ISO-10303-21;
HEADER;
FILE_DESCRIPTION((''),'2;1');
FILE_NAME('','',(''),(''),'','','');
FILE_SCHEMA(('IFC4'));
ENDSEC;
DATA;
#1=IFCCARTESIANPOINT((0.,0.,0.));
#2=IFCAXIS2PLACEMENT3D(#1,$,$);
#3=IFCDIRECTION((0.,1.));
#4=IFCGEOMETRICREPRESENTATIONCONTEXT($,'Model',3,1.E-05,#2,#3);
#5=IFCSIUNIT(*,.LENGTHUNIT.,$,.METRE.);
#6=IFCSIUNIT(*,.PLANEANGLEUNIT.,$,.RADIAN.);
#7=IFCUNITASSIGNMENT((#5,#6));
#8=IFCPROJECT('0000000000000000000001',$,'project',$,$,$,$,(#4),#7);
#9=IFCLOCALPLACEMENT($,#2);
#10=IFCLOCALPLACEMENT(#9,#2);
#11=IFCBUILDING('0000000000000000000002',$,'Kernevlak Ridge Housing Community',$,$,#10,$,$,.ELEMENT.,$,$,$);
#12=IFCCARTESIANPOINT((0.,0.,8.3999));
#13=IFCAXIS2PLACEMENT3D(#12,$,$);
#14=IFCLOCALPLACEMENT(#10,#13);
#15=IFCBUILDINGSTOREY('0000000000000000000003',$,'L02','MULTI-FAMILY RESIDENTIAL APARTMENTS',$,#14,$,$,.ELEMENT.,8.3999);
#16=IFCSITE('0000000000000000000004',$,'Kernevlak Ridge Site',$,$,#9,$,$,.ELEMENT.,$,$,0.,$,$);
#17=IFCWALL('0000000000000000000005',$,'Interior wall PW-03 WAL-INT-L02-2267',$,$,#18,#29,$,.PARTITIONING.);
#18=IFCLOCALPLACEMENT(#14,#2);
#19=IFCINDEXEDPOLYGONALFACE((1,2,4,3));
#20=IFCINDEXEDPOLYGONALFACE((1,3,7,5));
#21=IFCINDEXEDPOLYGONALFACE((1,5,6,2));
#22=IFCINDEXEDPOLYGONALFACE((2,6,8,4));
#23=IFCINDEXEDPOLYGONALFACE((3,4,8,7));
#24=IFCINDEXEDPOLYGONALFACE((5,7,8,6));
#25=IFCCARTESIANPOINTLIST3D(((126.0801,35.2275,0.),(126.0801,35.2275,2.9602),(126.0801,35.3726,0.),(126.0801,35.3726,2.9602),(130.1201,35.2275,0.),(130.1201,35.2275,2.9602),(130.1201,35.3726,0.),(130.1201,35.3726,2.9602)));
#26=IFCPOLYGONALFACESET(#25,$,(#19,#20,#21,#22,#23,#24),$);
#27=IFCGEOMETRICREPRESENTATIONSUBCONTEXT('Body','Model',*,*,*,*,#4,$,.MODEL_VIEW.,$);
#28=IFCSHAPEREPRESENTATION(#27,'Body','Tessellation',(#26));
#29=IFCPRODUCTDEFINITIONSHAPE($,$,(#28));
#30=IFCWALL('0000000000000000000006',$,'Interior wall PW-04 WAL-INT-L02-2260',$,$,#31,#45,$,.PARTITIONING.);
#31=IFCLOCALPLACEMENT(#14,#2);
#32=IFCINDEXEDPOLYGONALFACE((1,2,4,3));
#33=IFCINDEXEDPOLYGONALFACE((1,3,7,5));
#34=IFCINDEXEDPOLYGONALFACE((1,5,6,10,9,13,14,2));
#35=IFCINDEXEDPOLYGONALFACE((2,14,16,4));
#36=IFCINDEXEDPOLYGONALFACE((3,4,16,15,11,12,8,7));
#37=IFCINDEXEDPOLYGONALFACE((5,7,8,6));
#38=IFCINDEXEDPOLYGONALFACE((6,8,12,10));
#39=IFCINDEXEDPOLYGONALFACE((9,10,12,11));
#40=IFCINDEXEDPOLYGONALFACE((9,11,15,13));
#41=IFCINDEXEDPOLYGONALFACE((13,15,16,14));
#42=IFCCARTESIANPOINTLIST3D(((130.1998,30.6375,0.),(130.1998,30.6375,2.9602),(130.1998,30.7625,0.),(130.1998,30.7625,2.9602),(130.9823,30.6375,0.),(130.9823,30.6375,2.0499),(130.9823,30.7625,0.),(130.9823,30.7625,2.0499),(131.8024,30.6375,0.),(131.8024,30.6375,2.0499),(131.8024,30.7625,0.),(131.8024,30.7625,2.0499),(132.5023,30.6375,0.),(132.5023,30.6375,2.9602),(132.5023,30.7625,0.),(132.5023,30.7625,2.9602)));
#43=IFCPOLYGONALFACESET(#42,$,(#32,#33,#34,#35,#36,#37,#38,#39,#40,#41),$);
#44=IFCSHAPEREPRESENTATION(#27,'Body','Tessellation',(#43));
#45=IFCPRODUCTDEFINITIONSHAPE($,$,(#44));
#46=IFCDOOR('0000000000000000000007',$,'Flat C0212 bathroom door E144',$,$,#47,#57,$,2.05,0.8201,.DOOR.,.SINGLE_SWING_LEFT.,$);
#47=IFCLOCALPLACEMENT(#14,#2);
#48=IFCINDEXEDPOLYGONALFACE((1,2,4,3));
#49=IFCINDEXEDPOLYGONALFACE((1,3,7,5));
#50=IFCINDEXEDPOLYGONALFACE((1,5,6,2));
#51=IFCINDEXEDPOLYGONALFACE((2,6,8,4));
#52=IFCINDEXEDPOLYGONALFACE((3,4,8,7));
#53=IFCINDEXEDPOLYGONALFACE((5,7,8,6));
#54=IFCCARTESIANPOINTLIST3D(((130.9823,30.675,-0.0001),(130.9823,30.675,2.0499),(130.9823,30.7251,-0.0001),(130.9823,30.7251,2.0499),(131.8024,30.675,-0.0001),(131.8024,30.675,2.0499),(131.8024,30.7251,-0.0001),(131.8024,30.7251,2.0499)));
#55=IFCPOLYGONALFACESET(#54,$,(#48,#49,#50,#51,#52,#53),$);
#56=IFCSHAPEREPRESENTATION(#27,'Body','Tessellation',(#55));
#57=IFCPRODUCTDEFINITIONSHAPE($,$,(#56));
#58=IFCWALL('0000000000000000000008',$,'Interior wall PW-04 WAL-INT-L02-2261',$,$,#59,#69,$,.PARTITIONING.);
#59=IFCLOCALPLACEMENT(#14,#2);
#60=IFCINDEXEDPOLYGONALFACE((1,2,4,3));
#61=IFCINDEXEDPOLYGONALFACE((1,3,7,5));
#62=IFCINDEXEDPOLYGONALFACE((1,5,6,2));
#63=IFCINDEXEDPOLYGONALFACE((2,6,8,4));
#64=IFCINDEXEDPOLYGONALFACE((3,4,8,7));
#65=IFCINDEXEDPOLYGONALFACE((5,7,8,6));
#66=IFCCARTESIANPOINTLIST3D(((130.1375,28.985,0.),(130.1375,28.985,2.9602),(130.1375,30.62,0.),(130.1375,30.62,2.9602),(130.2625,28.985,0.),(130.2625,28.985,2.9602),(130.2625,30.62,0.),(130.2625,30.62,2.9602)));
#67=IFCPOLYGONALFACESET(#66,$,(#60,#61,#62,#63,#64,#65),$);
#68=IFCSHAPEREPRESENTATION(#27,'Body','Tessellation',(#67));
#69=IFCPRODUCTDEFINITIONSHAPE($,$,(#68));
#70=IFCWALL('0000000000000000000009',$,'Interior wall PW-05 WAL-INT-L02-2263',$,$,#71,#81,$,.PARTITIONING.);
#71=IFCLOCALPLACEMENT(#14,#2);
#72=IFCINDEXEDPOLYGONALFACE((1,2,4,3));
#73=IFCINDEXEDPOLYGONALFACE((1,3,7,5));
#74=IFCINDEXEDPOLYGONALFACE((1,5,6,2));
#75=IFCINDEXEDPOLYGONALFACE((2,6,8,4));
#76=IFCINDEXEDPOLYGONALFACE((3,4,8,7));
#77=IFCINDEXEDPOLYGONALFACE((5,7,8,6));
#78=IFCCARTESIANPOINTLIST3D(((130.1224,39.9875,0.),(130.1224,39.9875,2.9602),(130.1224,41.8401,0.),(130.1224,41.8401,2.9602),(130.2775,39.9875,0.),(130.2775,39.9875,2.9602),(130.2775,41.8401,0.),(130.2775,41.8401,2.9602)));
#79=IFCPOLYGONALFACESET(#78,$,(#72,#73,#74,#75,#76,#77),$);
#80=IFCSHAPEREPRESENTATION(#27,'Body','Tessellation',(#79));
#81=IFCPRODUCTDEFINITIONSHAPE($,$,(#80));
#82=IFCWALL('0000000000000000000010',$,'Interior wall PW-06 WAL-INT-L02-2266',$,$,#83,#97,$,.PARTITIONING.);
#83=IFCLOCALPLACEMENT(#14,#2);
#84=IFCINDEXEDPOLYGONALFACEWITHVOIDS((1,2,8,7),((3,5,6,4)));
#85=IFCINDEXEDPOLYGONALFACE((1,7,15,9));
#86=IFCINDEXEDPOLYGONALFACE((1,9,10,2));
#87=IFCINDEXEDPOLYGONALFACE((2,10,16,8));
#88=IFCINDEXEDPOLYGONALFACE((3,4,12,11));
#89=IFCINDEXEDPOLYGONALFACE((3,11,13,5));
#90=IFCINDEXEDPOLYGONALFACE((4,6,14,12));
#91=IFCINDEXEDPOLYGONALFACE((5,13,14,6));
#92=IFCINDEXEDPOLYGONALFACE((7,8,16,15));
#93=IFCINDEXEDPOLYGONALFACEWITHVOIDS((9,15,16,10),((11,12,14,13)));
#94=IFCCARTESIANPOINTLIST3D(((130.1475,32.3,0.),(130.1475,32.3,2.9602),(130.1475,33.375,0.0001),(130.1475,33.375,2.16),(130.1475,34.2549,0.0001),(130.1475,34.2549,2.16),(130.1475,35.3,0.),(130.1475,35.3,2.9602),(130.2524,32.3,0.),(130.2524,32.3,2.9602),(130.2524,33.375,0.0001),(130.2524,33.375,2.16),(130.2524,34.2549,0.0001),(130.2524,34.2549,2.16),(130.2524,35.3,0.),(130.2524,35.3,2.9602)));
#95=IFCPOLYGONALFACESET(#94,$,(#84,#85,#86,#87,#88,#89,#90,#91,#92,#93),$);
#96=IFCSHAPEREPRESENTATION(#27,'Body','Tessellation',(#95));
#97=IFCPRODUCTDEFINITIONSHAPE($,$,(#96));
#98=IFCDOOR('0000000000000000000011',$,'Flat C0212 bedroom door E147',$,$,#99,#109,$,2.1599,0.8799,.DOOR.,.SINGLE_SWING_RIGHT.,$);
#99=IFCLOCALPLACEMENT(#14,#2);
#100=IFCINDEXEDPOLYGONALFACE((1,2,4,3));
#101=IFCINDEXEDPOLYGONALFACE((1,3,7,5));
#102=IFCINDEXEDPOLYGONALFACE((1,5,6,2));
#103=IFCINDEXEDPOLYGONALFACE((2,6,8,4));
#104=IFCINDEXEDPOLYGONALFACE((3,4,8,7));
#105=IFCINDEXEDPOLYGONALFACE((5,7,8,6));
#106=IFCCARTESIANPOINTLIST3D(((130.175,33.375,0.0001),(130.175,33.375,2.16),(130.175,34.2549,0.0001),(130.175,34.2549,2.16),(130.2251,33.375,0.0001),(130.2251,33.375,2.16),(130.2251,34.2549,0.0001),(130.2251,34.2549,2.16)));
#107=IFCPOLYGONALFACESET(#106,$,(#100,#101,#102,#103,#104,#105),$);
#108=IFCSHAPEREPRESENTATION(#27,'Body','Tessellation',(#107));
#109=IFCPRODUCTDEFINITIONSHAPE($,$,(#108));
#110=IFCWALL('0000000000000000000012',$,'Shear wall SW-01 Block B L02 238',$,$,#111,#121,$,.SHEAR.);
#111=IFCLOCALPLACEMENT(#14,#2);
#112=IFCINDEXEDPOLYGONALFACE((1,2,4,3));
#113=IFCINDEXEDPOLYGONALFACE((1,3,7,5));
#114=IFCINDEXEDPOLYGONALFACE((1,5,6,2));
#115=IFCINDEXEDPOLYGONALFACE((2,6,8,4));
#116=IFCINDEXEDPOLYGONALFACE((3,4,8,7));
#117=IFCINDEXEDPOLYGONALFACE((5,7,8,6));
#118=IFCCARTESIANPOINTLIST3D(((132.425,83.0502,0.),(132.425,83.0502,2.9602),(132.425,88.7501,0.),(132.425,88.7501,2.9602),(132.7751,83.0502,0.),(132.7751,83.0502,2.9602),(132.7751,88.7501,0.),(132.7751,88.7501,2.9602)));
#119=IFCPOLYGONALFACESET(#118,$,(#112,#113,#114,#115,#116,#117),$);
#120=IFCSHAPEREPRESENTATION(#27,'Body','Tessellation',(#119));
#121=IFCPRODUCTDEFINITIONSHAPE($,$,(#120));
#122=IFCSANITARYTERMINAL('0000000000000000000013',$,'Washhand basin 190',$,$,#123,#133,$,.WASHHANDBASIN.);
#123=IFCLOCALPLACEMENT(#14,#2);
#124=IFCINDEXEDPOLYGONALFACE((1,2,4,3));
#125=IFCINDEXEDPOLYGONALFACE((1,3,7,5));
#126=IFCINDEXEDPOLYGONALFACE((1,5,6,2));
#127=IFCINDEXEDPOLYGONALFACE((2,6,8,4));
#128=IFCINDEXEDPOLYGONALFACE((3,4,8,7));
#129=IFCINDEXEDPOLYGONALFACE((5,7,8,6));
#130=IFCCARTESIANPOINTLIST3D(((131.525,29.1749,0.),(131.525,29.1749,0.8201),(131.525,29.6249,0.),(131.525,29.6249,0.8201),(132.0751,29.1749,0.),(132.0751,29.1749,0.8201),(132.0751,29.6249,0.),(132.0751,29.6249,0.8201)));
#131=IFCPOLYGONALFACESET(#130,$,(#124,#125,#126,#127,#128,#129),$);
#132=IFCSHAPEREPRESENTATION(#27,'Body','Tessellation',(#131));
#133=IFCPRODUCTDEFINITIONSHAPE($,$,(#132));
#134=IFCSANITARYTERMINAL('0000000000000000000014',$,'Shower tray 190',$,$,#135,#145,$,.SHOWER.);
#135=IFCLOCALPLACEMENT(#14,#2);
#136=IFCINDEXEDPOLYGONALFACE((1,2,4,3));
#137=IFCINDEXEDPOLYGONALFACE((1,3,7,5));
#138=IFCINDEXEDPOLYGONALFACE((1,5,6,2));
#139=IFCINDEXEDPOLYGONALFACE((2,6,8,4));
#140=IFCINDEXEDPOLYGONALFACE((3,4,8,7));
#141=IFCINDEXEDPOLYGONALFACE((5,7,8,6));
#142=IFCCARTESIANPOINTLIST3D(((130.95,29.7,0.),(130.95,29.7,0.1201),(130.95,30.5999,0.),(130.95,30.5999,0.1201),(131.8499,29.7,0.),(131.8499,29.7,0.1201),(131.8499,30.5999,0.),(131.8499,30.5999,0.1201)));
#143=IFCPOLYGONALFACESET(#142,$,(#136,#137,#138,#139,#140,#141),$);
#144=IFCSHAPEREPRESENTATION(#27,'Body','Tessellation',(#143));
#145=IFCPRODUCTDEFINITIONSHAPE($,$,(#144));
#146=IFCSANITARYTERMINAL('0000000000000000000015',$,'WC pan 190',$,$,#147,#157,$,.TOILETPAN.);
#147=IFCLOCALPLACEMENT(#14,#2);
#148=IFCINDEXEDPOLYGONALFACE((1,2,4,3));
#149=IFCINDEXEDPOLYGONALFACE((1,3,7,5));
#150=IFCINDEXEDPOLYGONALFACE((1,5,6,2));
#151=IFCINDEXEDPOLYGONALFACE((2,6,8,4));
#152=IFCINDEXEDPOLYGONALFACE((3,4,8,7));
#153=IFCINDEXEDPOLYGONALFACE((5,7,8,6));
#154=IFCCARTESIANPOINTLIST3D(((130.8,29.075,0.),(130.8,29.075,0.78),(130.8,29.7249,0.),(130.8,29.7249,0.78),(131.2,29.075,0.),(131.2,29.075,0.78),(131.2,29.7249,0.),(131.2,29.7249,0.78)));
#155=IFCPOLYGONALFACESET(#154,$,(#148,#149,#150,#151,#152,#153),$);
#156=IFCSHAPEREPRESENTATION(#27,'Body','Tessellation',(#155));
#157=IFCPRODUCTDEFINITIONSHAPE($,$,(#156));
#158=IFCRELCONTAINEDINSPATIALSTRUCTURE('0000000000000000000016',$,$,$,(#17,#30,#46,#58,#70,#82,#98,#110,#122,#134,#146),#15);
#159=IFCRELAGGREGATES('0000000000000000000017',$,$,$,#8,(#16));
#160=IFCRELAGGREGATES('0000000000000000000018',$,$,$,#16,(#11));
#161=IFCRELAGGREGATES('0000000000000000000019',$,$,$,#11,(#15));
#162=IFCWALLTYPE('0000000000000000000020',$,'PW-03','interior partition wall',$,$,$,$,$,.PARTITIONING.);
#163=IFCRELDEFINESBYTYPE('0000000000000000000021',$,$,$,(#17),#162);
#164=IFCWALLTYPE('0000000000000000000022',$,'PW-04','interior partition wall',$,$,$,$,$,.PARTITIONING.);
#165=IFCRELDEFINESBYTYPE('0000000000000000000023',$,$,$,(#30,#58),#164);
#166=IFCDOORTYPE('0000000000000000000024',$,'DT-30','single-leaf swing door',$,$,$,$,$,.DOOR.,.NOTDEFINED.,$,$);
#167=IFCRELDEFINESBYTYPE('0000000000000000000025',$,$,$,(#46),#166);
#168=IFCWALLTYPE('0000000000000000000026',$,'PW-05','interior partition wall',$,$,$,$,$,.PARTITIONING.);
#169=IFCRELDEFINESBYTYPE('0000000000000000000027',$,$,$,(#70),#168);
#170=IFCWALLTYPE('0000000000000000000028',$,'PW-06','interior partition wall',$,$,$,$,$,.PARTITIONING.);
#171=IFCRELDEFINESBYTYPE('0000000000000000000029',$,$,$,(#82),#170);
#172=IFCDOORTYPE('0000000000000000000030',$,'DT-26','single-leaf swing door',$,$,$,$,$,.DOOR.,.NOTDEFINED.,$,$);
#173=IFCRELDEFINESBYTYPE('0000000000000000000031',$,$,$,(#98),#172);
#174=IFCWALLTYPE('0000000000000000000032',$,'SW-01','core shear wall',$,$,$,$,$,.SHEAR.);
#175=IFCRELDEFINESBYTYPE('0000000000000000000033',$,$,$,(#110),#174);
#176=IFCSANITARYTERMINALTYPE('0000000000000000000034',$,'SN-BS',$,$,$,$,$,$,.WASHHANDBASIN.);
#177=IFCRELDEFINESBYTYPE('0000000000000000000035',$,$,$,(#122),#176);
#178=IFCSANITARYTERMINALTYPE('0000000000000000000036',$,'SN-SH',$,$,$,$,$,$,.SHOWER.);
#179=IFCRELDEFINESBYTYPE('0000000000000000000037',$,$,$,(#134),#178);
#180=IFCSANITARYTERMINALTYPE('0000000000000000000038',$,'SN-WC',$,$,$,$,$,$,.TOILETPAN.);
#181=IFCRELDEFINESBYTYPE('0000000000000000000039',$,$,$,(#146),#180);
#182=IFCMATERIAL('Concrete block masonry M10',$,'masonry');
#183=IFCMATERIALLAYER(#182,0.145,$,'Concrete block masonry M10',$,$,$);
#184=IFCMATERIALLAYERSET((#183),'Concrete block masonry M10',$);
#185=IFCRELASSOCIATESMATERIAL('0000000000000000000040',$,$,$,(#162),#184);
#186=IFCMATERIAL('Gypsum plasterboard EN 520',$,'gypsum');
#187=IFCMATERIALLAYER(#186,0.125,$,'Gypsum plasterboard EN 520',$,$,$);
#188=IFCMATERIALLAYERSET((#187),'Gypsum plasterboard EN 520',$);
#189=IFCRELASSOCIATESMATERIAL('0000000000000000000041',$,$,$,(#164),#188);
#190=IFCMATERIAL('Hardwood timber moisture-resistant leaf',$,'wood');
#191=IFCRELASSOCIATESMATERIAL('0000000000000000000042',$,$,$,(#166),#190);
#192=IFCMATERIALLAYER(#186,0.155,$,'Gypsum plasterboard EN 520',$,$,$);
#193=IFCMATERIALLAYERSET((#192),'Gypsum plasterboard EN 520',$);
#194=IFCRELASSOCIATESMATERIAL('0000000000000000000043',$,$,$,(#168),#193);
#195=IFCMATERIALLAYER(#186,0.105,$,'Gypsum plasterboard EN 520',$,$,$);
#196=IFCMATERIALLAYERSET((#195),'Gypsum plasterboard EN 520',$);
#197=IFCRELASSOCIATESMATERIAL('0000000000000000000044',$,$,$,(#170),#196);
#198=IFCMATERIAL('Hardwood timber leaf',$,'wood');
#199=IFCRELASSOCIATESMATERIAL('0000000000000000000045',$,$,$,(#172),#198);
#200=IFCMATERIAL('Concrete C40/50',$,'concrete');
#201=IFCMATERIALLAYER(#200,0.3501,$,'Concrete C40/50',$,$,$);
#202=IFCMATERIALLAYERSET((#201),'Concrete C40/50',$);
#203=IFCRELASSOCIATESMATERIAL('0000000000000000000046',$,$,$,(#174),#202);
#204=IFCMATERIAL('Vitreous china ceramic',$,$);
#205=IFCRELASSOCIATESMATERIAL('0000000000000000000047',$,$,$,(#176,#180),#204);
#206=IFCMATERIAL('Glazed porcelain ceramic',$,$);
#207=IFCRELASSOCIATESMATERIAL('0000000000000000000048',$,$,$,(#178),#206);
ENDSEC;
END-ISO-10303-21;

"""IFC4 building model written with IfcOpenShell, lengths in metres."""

from ifc_helpers import new_model, si_unit, direction, frame, frame_2d, origin, origin_2d, place, context, subcontext, project, spatial, rectangle, extrude, material, layer, layer_set, type_object, element, fill, save


model = new_model("IFC4")

# Units and contexts
model_context = context("Model", 3, precision=1e-05, world=origin(), true_north=direction((0.0, 1.0)))
body_context = subcontext(model_context, "Body", "Model", "MODEL_VIEW")
ifc_project = project(units=[si_unit("LENGTHUNIT", "METRE"), si_unit("PLANEANGLEUNIT", "RADIAN")], contexts=[model_context])

# Site, building, storey
site_placement = place(None, origin())
site = spatial("IfcSite", under=ifc_project, at=site_placement, Name="Kernevlak Ridge Site", CompositionType="ELEMENT", RefElevation=0.0)
building_placement = place(site_placement, origin())
building = spatial("IfcBuilding", under=site, at=building_placement, Name="Kernevlak Ridge Housing Community", CompositionType="ELEMENT")
storey_placement = place(building_placement, frame((0.0, 0.0, 8.3999)))
storey = spatial("IfcBuildingStorey", under=building, at=storey_placement, Name="L02", Description="MULTI-FAMILY RESIDENTIAL APARTMENTS", CompositionType="ELEMENT", Elevation=8.3999)

# Shared definitions
ifc_material_1 = material(Name="Concrete C40/50", Category="concrete")

# Shared definitions
ifc_material_2 = material(Name="Concrete block masonry M10", Category="masonry")

# Shared definitions
ifc_layer_1 = layer(ifc_material_2, 0.145, Name="Concrete block masonry M10")
ifc_layer_set_1 = layer_set([ifc_layer_1], Name="Concrete block masonry M10")
wall_type_1 = type_object("IfcWallType", Name="PW-03", Description="interior partition wall", PredefinedType="PARTITIONING", material=ifc_layer_set_1)
ifc_material_3 = material(Name="Hardwood timber leaf", Category="wood")

# Wall
wall_1_placement = place(storey_placement, frame((130.1201, 35.3, 0.0), z_axis=(0.0, 0.0, 1.0), x_axis=(-1.0, 0.0, 0.0)))
element("IfcWall", 1, at=wall_1_placement, inside=storey, type_object=wall_type_1, Name="Interior wall PW-03 WAL-INT-L02-2267", PredefinedType="PARTITIONING", context=body_context, shape_type="SweptSolid", body=[
    extrude(rectangle(XDim=4.04, YDim=0.145, at=frame_2d((2.02, 0.0))), origin(), (0.0, 0.0, 1.0), 2.9602),
])

# Wall, opening, door
ifc_material_4 = material(Name="Gypsum plasterboard EN 520", Category="gypsum")
ifc_layer_2 = layer(ifc_material_4, 0.125, Name="Gypsum plasterboard EN 520")
ifc_layer_set_2 = layer_set([ifc_layer_2], Name="Gypsum plasterboard EN 520")
wall_type_2 = type_object("IfcWallType", Name="PW-04", Description="interior partition wall", PredefinedType="PARTITIONING", material=ifc_layer_set_2)
wall_2_placement = place(storey_placement, frame((132.5024, 30.7, 0.0), z_axis=(0.0, 0.0, 1.0), x_axis=(-1.0, 0.0, 0.0)))
wall_2 = element("IfcWall", 2, at=wall_2_placement, inside=storey, type_object=wall_type_2, Name="Interior wall PW-04 WAL-INT-L02-2260", PredefinedType="PARTITIONING", context=body_context, shape_type="SweptSolid", body=[
    extrude(rectangle(XDim=2.3025, YDim=0.125, at=frame_2d((1.1514, 0.0))), origin(), (0.0, 0.0, 1.0), 2.9602),
])
opening_1_placement = place(wall_2_placement, frame((0.7, 0.0, 0.0)))
opening_1 = element("IfcOpeningElement", 3, at=opening_1_placement, cuts=wall_2, PredefinedType="OPENING", context=body_context, shape_type="SweptSolid", body=[
    extrude(rectangle(XDim=0.8201, YDim=2.05, at=frame_2d((0.4102, 1.0249))), frame((0.0, 0.0725, 0.0), z_axis=(0.0, -1.0, 0.0), x_axis=(1.0, 0.0, 0.0)), (0.0, 0.0, 1.0), 0.145),
])
ifc_material_5 = material(Name="Hardwood timber moisture-resistant leaf", Category="wood")
door_type_1 = type_object("IfcDoorType", Name="DT-30", Description="single-leaf swing door", OperationType="NOTDEFINED", PredefinedType="DOOR", material=ifc_material_5)
door_1_placement = place(opening_1_placement, origin())
door_1 = element("IfcDoor", 4, at=door_1_placement, inside=storey, type_object=door_type_1, Name="Flat C0212 bathroom door E144", OperationType="SINGLE_SWING_LEFT", OverallHeight=2.05, OverallWidth=0.8201, PredefinedType="DOOR", context=body_context, shape_type="SweptSolid", body=[
    extrude(rectangle(XDim=0.8201, YDim=2.05, at=frame_2d((0.4102, 1.0249))), frame((0.0, 0.0249, 0.0), z_axis=(0.0, -1.0, 0.0), x_axis=(1.0, 0.0, 0.0)), (0.0, 0.0, 1.0), 0.05),
])
fill(opening_1, door_1)

# Wall
wall_3_placement = place(storey_placement, frame((130.2, 28.9851, 0.0), z_axis=(0.0, 0.0, 1.0), x_axis=(0.0, 1.0, 0.0)))
element("IfcWall", 5, at=wall_3_placement, inside=storey, type_object=wall_type_2, Name="Interior wall PW-04 WAL-INT-L02-2261", PredefinedType="PARTITIONING", context=body_context, shape_type="SweptSolid", body=[
    extrude(rectangle(XDim=1.635, YDim=0.125, at=frame_2d((0.8174, 0.0))), origin(), (0.0, 0.0, 1.0), 2.9602),
])

# Shared definitions
ifc_layer_3 = layer(ifc_material_4, 0.155, Name="Gypsum plasterboard EN 520")
ifc_layer_set_3 = layer_set([ifc_layer_3], Name="Gypsum plasterboard EN 520")
wall_type_3 = type_object("IfcWallType", Name="PW-05", Description="interior partition wall", PredefinedType="PARTITIONING", material=ifc_layer_set_3)

# Wall
wall_4_placement = place(storey_placement, frame((130.2, 39.9875, 0.0), z_axis=(0.0, 0.0, 1.0), x_axis=(0.0, 1.0, 0.0)))
element("IfcWall", 6, at=wall_4_placement, inside=storey, type_object=wall_type_3, Name="Interior wall PW-05 WAL-INT-L02-2263", PredefinedType="PARTITIONING", context=body_context, shape_type="SweptSolid", body=[
    extrude(rectangle(XDim=1.8525, YDim=0.155, at=frame_2d((0.9263, 0.0))), origin(), (0.0, 0.0, 1.0), 2.9602),
])

# Wall, opening, door
ifc_layer_4 = layer(ifc_material_4, 0.105, Name="Gypsum plasterboard EN 520")
ifc_layer_set_4 = layer_set([ifc_layer_4], Name="Gypsum plasterboard EN 520")
wall_type_4 = type_object("IfcWallType", Name="PW-06", Description="interior partition wall", PredefinedType="PARTITIONING", material=ifc_layer_set_4)
wall_5_placement = place(storey_placement, frame((130.2, 32.3, 0.0), z_axis=(0.0, 0.0, 1.0), x_axis=(0.0, 1.0, 0.0)))
wall_5 = element("IfcWall", 7, at=wall_5_placement, inside=storey, type_object=wall_type_4, Name="Interior wall PW-06 WAL-INT-L02-2266", PredefinedType="PARTITIONING", context=body_context, shape_type="SweptSolid", body=[
    extrude(rectangle(XDim=3.0, YDim=0.105, at=frame_2d((1.5, 0.0))), origin(), (0.0, 0.0, 1.0), 2.9602),
])
opening_2_placement = place(wall_5_placement, frame((1.075, 0.0, 0.0)))
opening_2 = element("IfcOpeningElement", 8, at=opening_2_placement, cuts=wall_5, PredefinedType="OPENING", context=body_context, shape_type="SweptSolid", body=[
    extrude(rectangle(XDim=0.8799, YDim=2.1599, at=frame_2d((0.4399, 1.0801))), frame((0.0, 0.0625, 0.0), z_axis=(0.0, -1.0, 0.0), x_axis=(1.0, 0.0, 0.0)), (0.0, 0.0, 1.0), 0.125),
])
door_type_2 = type_object("IfcDoorType", Name="DT-26", Description="single-leaf swing door", OperationType="NOTDEFINED", PredefinedType="DOOR", material=ifc_material_3)
door_2_placement = place(opening_2_placement, origin())
door_2 = element("IfcDoor", 9, at=door_2_placement, inside=storey, type_object=door_type_2, Name="Flat C0212 bedroom door E147", OperationType="SINGLE_SWING_RIGHT", OverallHeight=2.1599, OverallWidth=0.8799, PredefinedType="DOOR", context=body_context, shape_type="SweptSolid", body=[
    extrude(rectangle(XDim=0.8799, YDim=2.1599, at=frame_2d((0.4399, 1.0801))), frame((0.0, 0.0249, 0.0), z_axis=(0.0, -1.0, 0.0), x_axis=(1.0, 0.0, 0.0)), (0.0, 0.0, 1.0), 0.05),
])
fill(opening_2, door_2)

# Wall
ifc_layer_5 = layer(ifc_material_1, 0.3501, Name="Concrete C40/50")
ifc_layer_set_5 = layer_set([ifc_layer_5], Name="Concrete C40/50")
wall_type_5 = type_object("IfcWallType", Name="SW-01", Description="core shear wall", PredefinedType="SHEAR", material=ifc_layer_set_5)
wall_6_placement = place(storey_placement, frame((132.6001, 83.05, 0.0), z_axis=(0.0, 0.0, 1.0), x_axis=(0.0, 1.0, 0.0)))
element("IfcWall", 10, at=wall_6_placement, inside=storey, type_object=wall_type_5, Name="Shear wall SW-01 Block B L02 238", PredefinedType="SHEAR", context=body_context, shape_type="SweptSolid", body=[
    extrude(rectangle(XDim=5.7, YDim=0.3501, at=frame_2d((2.8501, 0.0))), origin(), (0.0, 0.0, 1.0), 2.9602),
])

# Sanitary terminals
ifc_material_6 = material(Name="Vitreous china ceramic")
sanitary_terminal_type_1 = type_object("IfcSanitaryTerminalType", Name="SN-BS", PredefinedType="WASHHANDBASIN", material=ifc_material_6)
sanitary_terminal_1_placement = place(storey_placement, frame((131.8, 29.3999, 0.0), z_axis=(0.0, 0.0, 1.0), x_axis=(1.0, 0.0, 0.0)))
element("IfcSanitaryTerminal", 11, at=sanitary_terminal_1_placement, inside=storey, type_object=sanitary_terminal_type_1, Name="Washhand basin 190", PredefinedType="WASHHANDBASIN", context=body_context, shape_type="SweptSolid", body=[
    extrude(rectangle(XDim=0.55, YDim=0.45, at=origin_2d()), origin(), (0.0, 0.0, 1.0), 0.8201),
])
ifc_material_7 = material(Name="Glazed porcelain ceramic")
sanitary_terminal_type_2 = type_object("IfcSanitaryTerminalType", Name="SN-SH", PredefinedType="SHOWER", material=ifc_material_7)
sanitary_terminal_2_placement = place(storey_placement, frame((131.3999, 30.1499, 0.0), z_axis=(0.0, 0.0, 1.0), x_axis=(1.0, 0.0, 0.0)))
element("IfcSanitaryTerminal", 12, at=sanitary_terminal_2_placement, inside=storey, type_object=sanitary_terminal_type_2, Name="Shower tray 190", PredefinedType="SHOWER", context=body_context, shape_type="SweptSolid", body=[
    extrude(rectangle(XDim=0.8999, YDim=0.8999, at=origin_2d()), origin(), (0.0, 0.0, 1.0), 0.1201),
])
sanitary_terminal_type_3 = type_object("IfcSanitaryTerminalType", Name="SN-WC", PredefinedType="TOILETPAN", material=ifc_material_6)
sanitary_terminal_3_placement = place(storey_placement, frame((131.0, 29.3999, 0.0), z_axis=(0.0, 0.0, 1.0), x_axis=(1.0, 0.0, 0.0)))
element("IfcSanitaryTerminal", 13, at=sanitary_terminal_3_placement, inside=storey, type_object=sanitary_terminal_type_3, Name="WC pan 190", PredefinedType="TOILETPAN", context=body_context, shape_type="SweptSolid", body=[
    extrude(rectangle(XDim=0.3999, YDim=0.6499, at=origin_2d()), origin(), (0.0, 0.0, 1.0), 0.78),
])

save(model, "model.ifc")
